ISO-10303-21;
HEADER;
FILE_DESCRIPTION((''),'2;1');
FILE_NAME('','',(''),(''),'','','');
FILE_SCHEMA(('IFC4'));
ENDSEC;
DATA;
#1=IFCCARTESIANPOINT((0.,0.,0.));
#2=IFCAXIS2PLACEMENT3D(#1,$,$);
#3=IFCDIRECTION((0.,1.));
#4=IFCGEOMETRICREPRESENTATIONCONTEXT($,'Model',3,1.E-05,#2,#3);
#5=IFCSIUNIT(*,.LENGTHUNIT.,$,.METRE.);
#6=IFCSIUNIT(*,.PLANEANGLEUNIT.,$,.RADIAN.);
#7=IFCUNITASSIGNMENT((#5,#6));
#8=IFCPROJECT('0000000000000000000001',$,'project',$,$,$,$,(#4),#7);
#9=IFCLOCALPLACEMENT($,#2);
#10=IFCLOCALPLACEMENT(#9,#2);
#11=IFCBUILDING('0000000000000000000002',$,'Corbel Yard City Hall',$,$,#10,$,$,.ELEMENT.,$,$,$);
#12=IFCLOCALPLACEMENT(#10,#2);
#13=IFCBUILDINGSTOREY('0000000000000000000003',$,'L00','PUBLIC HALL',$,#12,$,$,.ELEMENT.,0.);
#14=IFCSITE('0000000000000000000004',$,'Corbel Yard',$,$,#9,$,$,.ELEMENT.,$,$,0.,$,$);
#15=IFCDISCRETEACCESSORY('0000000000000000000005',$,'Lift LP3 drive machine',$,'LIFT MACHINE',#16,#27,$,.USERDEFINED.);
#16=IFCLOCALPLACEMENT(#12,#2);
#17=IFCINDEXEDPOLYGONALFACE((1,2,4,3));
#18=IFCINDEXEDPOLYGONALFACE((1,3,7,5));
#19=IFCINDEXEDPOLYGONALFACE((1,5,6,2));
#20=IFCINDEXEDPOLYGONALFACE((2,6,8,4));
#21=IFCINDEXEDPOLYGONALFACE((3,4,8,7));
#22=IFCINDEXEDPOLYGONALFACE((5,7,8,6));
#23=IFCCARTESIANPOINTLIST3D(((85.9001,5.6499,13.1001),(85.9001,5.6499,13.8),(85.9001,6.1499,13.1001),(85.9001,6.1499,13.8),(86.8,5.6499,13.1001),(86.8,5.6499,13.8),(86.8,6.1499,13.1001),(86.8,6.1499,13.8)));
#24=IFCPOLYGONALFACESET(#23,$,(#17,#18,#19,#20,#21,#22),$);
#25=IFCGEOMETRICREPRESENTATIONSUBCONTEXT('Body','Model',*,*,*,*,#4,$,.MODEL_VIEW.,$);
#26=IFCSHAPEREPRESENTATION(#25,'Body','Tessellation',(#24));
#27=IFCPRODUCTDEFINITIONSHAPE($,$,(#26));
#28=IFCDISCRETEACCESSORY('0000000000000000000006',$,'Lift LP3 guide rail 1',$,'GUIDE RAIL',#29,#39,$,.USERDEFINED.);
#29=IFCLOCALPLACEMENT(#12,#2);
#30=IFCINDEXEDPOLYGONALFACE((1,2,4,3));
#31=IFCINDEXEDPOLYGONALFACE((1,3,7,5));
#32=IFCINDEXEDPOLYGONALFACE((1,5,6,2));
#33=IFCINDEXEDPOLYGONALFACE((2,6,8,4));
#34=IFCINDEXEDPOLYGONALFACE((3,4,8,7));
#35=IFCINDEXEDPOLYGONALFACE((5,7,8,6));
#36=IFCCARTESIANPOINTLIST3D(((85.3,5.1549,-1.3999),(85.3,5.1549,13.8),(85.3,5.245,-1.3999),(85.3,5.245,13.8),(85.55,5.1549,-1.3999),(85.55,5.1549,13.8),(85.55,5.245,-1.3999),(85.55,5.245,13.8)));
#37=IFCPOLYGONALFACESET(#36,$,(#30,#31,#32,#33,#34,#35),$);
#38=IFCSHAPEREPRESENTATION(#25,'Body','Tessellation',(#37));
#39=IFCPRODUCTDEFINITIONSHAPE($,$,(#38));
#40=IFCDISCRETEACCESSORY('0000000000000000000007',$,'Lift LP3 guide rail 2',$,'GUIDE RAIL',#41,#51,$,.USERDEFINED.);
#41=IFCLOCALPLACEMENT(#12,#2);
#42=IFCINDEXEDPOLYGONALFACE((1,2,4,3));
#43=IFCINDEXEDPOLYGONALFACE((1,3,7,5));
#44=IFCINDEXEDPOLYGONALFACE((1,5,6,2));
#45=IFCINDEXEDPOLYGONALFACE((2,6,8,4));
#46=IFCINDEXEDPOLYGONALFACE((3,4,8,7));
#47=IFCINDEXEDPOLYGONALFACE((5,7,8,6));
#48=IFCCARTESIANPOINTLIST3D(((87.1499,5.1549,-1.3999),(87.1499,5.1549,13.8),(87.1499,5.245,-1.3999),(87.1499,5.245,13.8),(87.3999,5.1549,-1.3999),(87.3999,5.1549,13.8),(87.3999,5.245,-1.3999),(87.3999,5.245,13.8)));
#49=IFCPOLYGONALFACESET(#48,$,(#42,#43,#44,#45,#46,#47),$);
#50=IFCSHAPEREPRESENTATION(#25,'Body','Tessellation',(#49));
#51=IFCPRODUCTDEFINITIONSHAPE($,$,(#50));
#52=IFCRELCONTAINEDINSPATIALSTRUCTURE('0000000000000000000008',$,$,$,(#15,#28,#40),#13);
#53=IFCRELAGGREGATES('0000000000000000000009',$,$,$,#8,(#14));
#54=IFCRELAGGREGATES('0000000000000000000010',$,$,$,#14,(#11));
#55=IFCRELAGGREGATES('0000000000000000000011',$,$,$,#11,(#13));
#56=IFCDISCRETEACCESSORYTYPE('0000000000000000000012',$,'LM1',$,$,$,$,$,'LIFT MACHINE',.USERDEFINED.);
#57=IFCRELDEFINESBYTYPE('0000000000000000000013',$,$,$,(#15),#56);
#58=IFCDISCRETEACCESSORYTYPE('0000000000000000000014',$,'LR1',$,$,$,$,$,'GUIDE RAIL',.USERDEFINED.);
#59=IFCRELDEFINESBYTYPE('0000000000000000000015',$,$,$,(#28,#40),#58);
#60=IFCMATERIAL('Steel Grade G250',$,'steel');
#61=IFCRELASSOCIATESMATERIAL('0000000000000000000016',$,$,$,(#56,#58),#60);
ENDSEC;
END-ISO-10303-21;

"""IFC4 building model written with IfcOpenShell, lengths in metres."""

from ifc_helpers import new_model, si_unit, direction, frame, origin, origin_2d, place, context, subcontext, project, spatial, rectangle, extrude, material, type_object, element, save


model = new_model("IFC4")

# Units and contexts
model_context = context("Model", 3, precision=1e-05, world=origin(), true_north=direction((0.0, 1.0)))
body_context = subcontext(model_context, "Body", "Model", "MODEL_VIEW")
ifc_project = project(units=[si_unit("LENGTHUNIT", "METRE"), si_unit("PLANEANGLEUNIT", "RADIAN")], contexts=[model_context])

# Site, building, storey
site_placement = place(None, origin())
site = spatial("IfcSite", under=ifc_project, at=site_placement, Name="Corbel Yard", CompositionType="ELEMENT", RefElevation=0.0)
building_placement = place(site_placement, origin())
building = spatial("IfcBuilding", under=site, at=building_placement, Name="Corbel Yard City Hall", CompositionType="ELEMENT")
storey_placement = place(building_placement, origin())
storey = spatial("IfcBuildingStorey", under=building, at=storey_placement, Name="L00", Description="PUBLIC HALL", CompositionType="ELEMENT", Elevation=0.0)

# Shared definitions
ifc_material_1 = material(Name="Steel Grade G250", Category="steel")

# Discrete accessories
discrete_accessory_type_1 = type_object("IfcDiscreteAccessoryType", Name="LM1", ElementType="LIFT MACHINE", PredefinedType="USERDEFINED", material=ifc_material_1)
discrete_accessory_placement = place(storey_placement, frame((86.3501, 5.8999, 13.1001), z_axis=(0.0, 0.0, 1.0), x_axis=(1.0, 0.0, 0.0)))
element("IfcDiscreteAccessory", 1, at=discrete_accessory_placement, inside=storey, type_object=discrete_accessory_type_1, Name="Lift LP3 drive machine", ObjectType="LIFT MACHINE", PredefinedType="USERDEFINED", context=body_context, shape_type="SweptSolid", body=[
    extrude(rectangle(XDim=0.8999, YDim=0.5, at=origin_2d()), origin(), (0.0, 0.0, 1.0), 0.7),
])
discrete_accessory_type_2 = type_object("IfcDiscreteAccessoryType", Name="LR1", ElementType="GUIDE RAIL", PredefinedType="USERDEFINED", material=ifc_material_1)
for number, where, z_axis, x_axis, name in (
    (2, (85.425, 5.2, -1.3999), (0.0, 0.0, 1.0), (1.0, 0.0, 0.0), "Lift LP3 guide rail 1"),
    (3, (87.2749, 5.2, -1.3999), (0.0, 0.0, 1.0), (1.0, 0.0, 0.0), "Lift LP3 guide rail 2"),
):
    element("IfcDiscreteAccessory", number, at=place(storey_placement, frame(where, z_axis=z_axis, x_axis=x_axis)), inside=storey, type_object=discrete_accessory_type_2, Name=name, ObjectType="GUIDE RAIL", PredefinedType="USERDEFINED", context=body_context, shape_type="SweptSolid", body=[
        extrude(rectangle(XDim=0.25, YDim=0.0901, at=origin_2d()), origin(), (0.0, 0.0, 1.0), 15.2),
    ])

save(model, "model.ifc")
